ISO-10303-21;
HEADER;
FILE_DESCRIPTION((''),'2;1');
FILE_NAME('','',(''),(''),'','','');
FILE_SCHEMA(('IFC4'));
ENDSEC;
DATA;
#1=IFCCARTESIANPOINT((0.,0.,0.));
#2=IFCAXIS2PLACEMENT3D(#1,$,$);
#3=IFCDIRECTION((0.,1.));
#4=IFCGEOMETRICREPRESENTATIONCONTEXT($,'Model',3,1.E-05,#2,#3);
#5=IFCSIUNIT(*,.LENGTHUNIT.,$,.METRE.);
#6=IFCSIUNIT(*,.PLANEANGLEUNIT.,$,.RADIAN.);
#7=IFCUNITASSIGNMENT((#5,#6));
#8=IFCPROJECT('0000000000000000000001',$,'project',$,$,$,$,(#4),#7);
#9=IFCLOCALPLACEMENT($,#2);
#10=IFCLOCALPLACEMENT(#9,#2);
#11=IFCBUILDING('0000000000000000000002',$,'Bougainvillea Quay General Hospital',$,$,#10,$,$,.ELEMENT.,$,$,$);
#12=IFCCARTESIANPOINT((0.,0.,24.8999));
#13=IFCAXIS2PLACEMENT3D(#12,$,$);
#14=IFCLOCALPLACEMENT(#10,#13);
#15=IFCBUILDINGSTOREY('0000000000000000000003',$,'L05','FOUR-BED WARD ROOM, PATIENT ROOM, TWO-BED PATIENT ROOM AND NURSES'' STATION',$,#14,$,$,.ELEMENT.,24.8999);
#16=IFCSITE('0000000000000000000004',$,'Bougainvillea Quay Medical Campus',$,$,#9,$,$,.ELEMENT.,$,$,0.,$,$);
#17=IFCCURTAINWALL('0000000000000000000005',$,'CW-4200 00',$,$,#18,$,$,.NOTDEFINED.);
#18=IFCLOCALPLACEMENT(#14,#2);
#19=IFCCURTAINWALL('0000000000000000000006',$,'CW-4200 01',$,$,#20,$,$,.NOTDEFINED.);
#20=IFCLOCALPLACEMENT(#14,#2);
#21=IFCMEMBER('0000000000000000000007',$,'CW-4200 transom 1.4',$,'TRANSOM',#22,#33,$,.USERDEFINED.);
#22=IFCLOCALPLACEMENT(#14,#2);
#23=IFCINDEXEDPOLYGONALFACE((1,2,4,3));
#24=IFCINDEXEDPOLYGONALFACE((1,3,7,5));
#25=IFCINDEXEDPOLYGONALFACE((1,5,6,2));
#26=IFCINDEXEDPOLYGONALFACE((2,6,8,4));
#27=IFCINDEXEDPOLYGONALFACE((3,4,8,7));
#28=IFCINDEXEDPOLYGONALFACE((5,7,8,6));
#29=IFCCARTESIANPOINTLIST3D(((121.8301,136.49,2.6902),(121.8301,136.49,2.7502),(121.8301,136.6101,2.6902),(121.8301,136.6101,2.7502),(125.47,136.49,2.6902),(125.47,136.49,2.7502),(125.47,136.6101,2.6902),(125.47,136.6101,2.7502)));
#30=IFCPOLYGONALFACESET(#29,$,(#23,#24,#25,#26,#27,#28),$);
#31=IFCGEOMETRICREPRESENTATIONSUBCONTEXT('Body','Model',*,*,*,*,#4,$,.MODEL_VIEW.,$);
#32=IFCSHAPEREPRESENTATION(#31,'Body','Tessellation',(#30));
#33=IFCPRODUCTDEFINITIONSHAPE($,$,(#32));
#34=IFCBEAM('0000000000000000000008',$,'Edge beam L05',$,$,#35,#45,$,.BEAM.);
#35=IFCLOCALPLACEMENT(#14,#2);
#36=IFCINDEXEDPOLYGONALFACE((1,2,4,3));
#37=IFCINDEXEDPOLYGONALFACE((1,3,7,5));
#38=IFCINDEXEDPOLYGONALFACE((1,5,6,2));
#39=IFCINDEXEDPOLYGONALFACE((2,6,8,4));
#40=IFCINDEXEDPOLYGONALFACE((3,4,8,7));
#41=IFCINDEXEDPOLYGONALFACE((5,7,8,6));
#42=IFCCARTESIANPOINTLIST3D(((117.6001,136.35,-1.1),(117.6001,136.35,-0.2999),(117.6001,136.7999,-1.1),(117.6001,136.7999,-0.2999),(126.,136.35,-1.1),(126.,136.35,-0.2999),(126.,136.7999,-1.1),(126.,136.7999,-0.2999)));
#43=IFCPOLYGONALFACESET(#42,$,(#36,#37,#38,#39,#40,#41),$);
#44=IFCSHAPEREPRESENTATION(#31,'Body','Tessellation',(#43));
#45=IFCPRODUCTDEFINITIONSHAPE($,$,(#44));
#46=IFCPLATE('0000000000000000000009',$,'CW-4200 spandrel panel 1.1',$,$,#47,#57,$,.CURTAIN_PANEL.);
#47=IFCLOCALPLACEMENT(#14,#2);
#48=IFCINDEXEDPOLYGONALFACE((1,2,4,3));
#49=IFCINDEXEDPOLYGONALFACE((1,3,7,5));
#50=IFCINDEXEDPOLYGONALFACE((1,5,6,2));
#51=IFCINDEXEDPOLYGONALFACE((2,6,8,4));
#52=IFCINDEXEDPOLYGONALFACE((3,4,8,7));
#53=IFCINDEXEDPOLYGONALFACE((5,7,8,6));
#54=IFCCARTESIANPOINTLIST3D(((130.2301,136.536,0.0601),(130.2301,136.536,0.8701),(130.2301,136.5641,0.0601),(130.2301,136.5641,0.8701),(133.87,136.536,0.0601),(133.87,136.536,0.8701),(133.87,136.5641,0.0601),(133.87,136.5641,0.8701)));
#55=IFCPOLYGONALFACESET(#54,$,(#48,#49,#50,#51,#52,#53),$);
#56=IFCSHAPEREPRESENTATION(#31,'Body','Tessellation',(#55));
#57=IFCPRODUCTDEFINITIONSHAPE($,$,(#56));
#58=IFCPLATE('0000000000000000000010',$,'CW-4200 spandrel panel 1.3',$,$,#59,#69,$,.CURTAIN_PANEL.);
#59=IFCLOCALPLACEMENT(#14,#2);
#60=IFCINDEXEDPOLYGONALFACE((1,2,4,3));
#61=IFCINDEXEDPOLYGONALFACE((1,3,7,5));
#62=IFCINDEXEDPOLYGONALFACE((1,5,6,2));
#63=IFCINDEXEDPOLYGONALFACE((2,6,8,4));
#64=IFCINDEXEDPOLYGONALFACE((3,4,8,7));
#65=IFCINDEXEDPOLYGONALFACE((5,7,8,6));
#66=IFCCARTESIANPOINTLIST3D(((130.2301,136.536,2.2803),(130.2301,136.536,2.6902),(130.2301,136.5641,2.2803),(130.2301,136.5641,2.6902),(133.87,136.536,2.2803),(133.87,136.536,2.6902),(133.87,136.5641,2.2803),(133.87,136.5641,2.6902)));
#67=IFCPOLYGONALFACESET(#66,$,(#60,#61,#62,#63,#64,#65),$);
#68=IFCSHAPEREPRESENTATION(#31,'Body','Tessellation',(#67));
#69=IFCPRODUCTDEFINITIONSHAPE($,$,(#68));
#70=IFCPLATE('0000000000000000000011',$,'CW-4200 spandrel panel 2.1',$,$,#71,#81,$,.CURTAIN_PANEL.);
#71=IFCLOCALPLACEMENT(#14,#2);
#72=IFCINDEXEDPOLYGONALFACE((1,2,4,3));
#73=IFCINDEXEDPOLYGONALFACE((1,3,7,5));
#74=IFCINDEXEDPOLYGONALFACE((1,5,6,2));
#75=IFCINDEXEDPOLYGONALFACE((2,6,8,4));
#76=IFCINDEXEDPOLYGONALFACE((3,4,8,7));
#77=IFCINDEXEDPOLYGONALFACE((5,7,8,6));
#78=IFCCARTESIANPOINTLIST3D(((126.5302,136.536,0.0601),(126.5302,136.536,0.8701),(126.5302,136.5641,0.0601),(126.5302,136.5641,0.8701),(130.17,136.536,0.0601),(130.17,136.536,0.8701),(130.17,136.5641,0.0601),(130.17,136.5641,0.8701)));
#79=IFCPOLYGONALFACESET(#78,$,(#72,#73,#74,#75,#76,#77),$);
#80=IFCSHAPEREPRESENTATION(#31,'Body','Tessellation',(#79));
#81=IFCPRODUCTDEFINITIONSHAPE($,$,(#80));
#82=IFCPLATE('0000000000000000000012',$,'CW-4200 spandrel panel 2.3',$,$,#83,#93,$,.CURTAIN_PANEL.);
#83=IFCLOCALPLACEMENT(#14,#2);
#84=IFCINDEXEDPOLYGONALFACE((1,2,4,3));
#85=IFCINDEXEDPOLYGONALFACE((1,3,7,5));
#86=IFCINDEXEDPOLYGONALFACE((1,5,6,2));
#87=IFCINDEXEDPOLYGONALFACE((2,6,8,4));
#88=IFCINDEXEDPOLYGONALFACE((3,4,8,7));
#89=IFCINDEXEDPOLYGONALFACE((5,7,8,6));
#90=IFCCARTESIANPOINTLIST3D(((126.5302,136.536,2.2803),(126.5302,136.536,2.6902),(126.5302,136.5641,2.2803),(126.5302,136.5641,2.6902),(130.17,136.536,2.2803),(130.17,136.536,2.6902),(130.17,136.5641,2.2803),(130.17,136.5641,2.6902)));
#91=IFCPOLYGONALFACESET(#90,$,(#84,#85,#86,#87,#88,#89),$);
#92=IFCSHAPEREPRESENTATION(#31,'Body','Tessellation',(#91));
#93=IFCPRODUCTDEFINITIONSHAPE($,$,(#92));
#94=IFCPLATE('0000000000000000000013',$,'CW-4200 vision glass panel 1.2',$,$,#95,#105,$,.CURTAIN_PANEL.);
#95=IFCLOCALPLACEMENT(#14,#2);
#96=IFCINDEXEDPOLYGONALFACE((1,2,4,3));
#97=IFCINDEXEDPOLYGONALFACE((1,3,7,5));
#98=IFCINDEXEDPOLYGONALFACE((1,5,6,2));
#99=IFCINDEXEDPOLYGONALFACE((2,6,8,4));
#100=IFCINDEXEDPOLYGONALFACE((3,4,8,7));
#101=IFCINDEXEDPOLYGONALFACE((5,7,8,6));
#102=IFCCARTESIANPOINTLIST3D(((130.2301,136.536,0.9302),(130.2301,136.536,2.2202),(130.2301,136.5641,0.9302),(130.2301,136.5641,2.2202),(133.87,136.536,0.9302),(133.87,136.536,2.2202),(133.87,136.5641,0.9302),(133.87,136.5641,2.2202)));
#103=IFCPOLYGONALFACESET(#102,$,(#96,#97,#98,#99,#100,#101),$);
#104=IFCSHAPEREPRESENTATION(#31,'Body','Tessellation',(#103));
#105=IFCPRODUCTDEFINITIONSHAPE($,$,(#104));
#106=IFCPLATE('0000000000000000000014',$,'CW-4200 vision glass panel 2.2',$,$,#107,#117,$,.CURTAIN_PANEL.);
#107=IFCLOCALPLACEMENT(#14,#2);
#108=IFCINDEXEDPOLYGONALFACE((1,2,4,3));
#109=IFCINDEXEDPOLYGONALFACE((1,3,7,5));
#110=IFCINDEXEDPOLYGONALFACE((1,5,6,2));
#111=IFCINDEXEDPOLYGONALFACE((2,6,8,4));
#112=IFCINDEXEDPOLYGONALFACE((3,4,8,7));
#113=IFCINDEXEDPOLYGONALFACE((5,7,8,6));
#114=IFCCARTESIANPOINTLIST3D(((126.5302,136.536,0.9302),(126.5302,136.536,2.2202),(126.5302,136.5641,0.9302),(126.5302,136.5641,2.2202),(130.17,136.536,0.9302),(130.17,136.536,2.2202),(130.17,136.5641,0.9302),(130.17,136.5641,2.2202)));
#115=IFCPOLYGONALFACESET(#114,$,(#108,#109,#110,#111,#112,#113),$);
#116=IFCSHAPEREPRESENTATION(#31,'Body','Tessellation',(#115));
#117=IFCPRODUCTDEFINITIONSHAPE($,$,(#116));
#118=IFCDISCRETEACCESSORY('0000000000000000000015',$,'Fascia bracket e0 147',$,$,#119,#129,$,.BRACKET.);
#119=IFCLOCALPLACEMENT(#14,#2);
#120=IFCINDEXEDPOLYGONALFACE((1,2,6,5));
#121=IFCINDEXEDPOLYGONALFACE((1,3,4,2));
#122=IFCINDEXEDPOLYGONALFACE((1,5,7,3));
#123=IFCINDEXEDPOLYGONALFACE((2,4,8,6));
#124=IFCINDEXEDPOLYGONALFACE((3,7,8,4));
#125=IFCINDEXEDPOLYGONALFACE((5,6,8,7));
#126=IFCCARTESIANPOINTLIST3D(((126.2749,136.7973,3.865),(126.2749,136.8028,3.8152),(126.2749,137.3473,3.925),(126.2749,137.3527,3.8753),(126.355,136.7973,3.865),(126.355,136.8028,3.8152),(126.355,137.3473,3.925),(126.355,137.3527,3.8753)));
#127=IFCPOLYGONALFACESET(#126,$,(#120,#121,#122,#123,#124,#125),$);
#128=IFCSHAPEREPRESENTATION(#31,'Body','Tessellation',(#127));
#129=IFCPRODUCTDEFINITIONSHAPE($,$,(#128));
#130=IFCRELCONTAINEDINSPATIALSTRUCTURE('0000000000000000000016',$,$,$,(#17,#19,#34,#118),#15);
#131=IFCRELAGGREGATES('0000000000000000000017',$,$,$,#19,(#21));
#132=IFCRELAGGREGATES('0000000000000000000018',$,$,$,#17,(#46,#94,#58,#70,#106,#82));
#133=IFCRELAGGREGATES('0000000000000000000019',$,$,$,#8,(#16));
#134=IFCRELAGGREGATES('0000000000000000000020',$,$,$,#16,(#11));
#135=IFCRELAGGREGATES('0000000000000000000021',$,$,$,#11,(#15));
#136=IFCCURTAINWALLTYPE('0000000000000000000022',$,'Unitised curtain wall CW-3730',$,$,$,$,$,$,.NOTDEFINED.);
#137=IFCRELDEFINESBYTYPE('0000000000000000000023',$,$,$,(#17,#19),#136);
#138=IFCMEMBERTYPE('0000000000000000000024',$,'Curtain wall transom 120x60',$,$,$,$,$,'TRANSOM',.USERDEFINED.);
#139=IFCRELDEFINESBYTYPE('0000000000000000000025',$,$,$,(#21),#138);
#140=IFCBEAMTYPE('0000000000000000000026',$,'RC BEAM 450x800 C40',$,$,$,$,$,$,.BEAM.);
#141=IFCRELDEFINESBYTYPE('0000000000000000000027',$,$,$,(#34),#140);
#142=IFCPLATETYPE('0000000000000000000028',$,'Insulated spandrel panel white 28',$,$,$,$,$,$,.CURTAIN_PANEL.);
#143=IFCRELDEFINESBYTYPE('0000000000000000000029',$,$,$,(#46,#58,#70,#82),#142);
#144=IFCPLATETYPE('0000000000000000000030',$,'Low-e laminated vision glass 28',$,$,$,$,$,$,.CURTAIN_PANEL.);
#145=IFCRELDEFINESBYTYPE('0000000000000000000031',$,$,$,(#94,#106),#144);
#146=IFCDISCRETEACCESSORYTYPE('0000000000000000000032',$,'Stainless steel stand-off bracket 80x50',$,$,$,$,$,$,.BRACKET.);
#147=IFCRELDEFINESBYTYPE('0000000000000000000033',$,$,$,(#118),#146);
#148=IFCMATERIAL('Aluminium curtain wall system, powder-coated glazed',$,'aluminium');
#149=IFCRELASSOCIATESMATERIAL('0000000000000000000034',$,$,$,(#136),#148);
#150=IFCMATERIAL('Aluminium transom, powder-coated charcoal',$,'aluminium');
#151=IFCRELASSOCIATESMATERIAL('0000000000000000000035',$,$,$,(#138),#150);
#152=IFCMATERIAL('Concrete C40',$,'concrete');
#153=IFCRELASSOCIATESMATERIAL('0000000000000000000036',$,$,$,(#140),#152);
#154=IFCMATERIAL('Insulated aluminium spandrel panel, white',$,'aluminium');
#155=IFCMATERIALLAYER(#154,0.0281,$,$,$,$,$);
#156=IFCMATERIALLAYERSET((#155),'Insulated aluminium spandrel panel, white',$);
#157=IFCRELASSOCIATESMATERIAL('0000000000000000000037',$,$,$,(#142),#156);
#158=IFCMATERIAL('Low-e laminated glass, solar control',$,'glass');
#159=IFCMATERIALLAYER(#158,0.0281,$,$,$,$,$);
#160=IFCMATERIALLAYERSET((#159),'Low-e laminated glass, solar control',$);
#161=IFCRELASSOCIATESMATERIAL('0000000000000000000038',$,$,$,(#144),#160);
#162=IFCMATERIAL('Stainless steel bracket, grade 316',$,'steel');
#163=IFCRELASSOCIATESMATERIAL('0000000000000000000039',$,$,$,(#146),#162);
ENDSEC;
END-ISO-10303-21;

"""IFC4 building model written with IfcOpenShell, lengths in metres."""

from ifc_helpers import new_model, si_unit, direction, frame, origin, origin_2d, place, context, subcontext, project, spatial, rectangle, extrude, material, layer, layer_set, material_profile, profile_set, type_object, element, aggregate, save


model = new_model("IFC4")

# Units and contexts
model_context = context("Model", 3, precision=1e-05, world=origin(), true_north=direction((0.0, 1.0)))
body_context = subcontext(model_context, "Body", "Model", "MODEL_VIEW")
ifc_project = project(units=[si_unit("LENGTHUNIT", "METRE"), si_unit("PLANEANGLEUNIT", "RADIAN")], contexts=[model_context])

# Site, building, storey
site_placement = place(None, origin())
site = spatial("IfcSite", under=ifc_project, at=site_placement, Name="Bougainvillea Quay Medical Campus", CompositionType="ELEMENT", RefElevation=0.0)
building_placement = place(site_placement, origin())
building = spatial("IfcBuilding", under=site, at=building_placement, Name="Bougainvillea Quay General Hospital", CompositionType="ELEMENT")
storey_placement = place(building_placement, frame((0.0, 0.0, 24.8999)))
storey = spatial("IfcBuildingStorey", under=building, at=storey_placement, Name="L05", Description="FOUR-BED WARD ROOM, PATIENT ROOM, TWO-BED PATIENT ROOM AND NURSES' STATION", CompositionType="ELEMENT", Elevation=24.8999)

# Shared definitions
ifc_material_1 = material(Name="Concrete C40", Category="concrete")

# Curtain wall
ifc_material_2 = material(Name="Aluminium curtain wall system, powder-coated glazed", Category="aluminium")
curtain_wall_type = type_object("IfcCurtainWallType", Name="Unitised curtain wall CW-3730", PredefinedType="NOTDEFINED", material=ifc_material_2)
curtain_wall_1_placement = place(storey_placement, origin())
curtain_wall_1 = element("IfcCurtainWall", 1, at=curtain_wall_1_placement, inside=storey, type_object=curtain_wall_type, Name="CW-4200 00", PredefinedType="NOTDEFINED")

# Curtain wall
curtain_wall_2_placement = place(storey_placement, origin())
curtain_wall_2 = element("IfcCurtainWall", 2, at=curtain_wall_2_placement, inside=storey, type_object=curtain_wall_type, Name="CW-4200 01", PredefinedType="NOTDEFINED")

# Member
ifc_material_3 = material(Name="Aluminium transom, powder-coated charcoal", Category="aluminium")
ifc_material_profile_1 = material_profile(ifc_material_3, rectangle(XDim=0.1201, YDim=0.0601, at=origin_2d()))
ifc_profile_set_1 = profile_set([ifc_material_profile_1], Name="Aluminium transom, powder-coated charcoal")
member_type_1 = type_object("IfcMemberType", Name="Curtain wall transom 120x60", ElementType="TRANSOM", PredefinedType="USERDEFINED", material=ifc_profile_set_1)
member_1_placement = place(storey_placement, frame((125.47, 136.55, 2.7202), z_axis=(-1.0, 0.0, 0.0), x_axis=(0.0, -1.0, 0.0)))
member_1 = element("IfcMember", 3, at=member_1_placement, type_object=member_type_1, Name="CW-4200 transom 1.4", ObjectType="TRANSOM", PredefinedType="USERDEFINED", context=body_context, shape_type="SweptSolid", body=[
    extrude(rectangle(XDim=0.1201, YDim=0.0601, at=origin_2d()), origin(), (0.0, 0.0, 1.0), 3.6399),
])
aggregate(curtain_wall_2, [member_1])

# Beam
ifc_material_profile_2 = material_profile(ifc_material_1, rectangle(XDim=0.45, YDim=0.8, at=origin_2d()))
ifc_profile_set_2 = profile_set([ifc_material_profile_2], Name="Concrete C40")
beam_type = type_object("IfcBeamType", Name="RC BEAM 450x800 C40", PredefinedType="BEAM", material=ifc_profile_set_2)
beam_placement = place(storey_placement, frame((126.0, 136.575, -0.7), z_axis=(-1.0, 0.0, 0.0), x_axis=(0.0, -1.0, 0.0)))
element("IfcBeam", 4, at=beam_placement, inside=storey, type_object=beam_type, Name="Edge beam L05", PredefinedType="BEAM", context=body_context, shape_type="SweptSolid", body=[
    extrude(rectangle(XDim=0.45, YDim=0.8, at=origin_2d()), origin(), (0.0, 0.0, 1.0), 8.3999),
])

# Plates
ifc_material_4 = material(Name="Insulated aluminium spandrel panel, white", Category="aluminium")
ifc_layer_1 = layer(ifc_material_4, 0.0281)
ifc_layer_set_1 = layer_set([ifc_layer_1], Name="Insulated aluminium spandrel panel, white")
plate_type_1 = type_object("IfcPlateType", Name="Insulated spandrel panel white 28", PredefinedType="CURTAIN_PANEL", material=ifc_layer_set_1)
plate_1_placement = place(storey_placement, frame((132.05, 136.55, 0.0601), z_axis=(0.0, 0.0, 1.0), x_axis=(-1.0, 0.0, 0.0)))
plate_1 = element("IfcPlate", 5, at=plate_1_placement, type_object=plate_type_1, Name="CW-4200 spandrel panel 1.1", PredefinedType="CURTAIN_PANEL", context=body_context, shape_type="SweptSolid", body=[
    extrude(rectangle(XDim=3.6399, YDim=0.0281, at=origin_2d()), origin(), (0.0, 0.0, 1.0), 0.8101),
])
plate_2_placement = place(storey_placement, frame((132.05, 136.55, 2.2803), z_axis=(0.0, 0.0, 1.0), x_axis=(-1.0, 0.0, 0.0)))
plate_2 = element("IfcPlate", 6, at=plate_2_placement, type_object=plate_type_1, Name="CW-4200 spandrel panel 1.3", PredefinedType="CURTAIN_PANEL", context=body_context, shape_type="SweptSolid", body=[
    extrude(rectangle(XDim=3.6399, YDim=0.0281, at=origin_2d()), origin(), (0.0, 0.0, 1.0), 0.4099),
])
plate_3_placement = place(storey_placement, frame((128.3501, 136.55, 0.0601), z_axis=(0.0, 0.0, 1.0), x_axis=(-1.0, 0.0, 0.0)))
plate_3 = element("IfcPlate", 7, at=plate_3_placement, type_object=plate_type_1, Name="CW-4200 spandrel panel 2.1", PredefinedType="CURTAIN_PANEL", context=body_context, shape_type="SweptSolid", body=[
    extrude(rectangle(XDim=3.6399, YDim=0.0281, at=origin_2d()), origin(), (0.0, 0.0, 1.0), 0.8101),
])
plate_4_placement = place(storey_placement, frame((128.3501, 136.55, 2.2803), z_axis=(0.0, 0.0, 1.0), x_axis=(-1.0, 0.0, 0.0)))
plate_4 = element("IfcPlate", 8, at=plate_4_placement, type_object=plate_type_1, Name="CW-4200 spandrel panel 2.3", PredefinedType="CURTAIN_PANEL", context=body_context, shape_type="SweptSolid", body=[
    extrude(rectangle(XDim=3.6399, YDim=0.0281, at=origin_2d()), origin(), (0.0, 0.0, 1.0), 0.4099),
])
ifc_material_5 = material(Name="Low-e laminated glass, solar control", Category="glass")
ifc_layer_2 = layer(ifc_material_5, 0.0281)
ifc_layer_set_2 = layer_set([ifc_layer_2], Name="Low-e laminated glass, solar control")
plate_type_2 = type_object("IfcPlateType", Name="Low-e laminated vision glass 28", PredefinedType="CURTAIN_PANEL", material=ifc_layer_set_2)
plate_5_placement = place(storey_placement, frame((132.05, 136.55, 0.9302), z_axis=(0.0, 0.0, 1.0), x_axis=(-1.0, 0.0, 0.0)))
plate_5 = element("IfcPlate", 9, at=plate_5_placement, type_object=plate_type_2, Name="CW-4200 vision glass panel 1.2", PredefinedType="CURTAIN_PANEL", context=body_context, shape_type="SweptSolid", body=[
    extrude(rectangle(XDim=3.6399, YDim=0.0281, at=origin_2d()), origin(), (0.0, 0.0, 1.0), 1.29),
])
plate_6_placement = place(storey_placement, frame((128.3501, 136.55, 0.9302), z_axis=(0.0, 0.0, 1.0), x_axis=(-1.0, 0.0, 0.0)))
plate_6 = element("IfcPlate", 10, at=plate_6_placement, type_object=plate_type_2, Name="CW-4200 vision glass panel 2.2", PredefinedType="CURTAIN_PANEL", context=body_context, shape_type="SweptSolid", body=[
    extrude(rectangle(XDim=3.6399, YDim=0.0281, at=origin_2d()), origin(), (0.0, 0.0, 1.0), 1.29),
])
aggregate(curtain_wall_1, [plate_1, plate_5, plate_2, plate_3, plate_6, plate_4])

# Discrete accessory
ifc_material_6 = material(Name="Stainless steel bracket, grade 316", Category="steel")
ifc_material_profile_3 = material_profile(ifc_material_6, rectangle(XDim=0.0801, YDim=0.05, at=origin_2d()))
ifc_profile_set_3 = profile_set([ifc_material_profile_3], Name="Stainless steel bracket, grade 316")
discrete_accessory_type = type_object("IfcDiscreteAccessoryType", Name="Stainless steel stand-off bracket 80x50", PredefinedType="BRACKET", material=ifc_profile_set_3)
discrete_accessory_placement = place(storey_placement, frame((126.3149, 136.8, 3.8401), z_axis=(0.0, 0.994092, 0.108543), x_axis=(-1.0, 0.0, 0.0)))
element("IfcDiscreteAccessory", 11, at=discrete_accessory_placement, inside=storey, type_object=discrete_accessory_type, Name="Fascia bracket e0 147", PredefinedType="BRACKET", context=body_context, shape_type="SweptSolid", body=[
    extrude(rectangle(XDim=0.0801, YDim=0.05, at=origin_2d()), origin(), (0.0, 0.0, 1.0), 0.5532),
])

save(model, "model.ifc")
